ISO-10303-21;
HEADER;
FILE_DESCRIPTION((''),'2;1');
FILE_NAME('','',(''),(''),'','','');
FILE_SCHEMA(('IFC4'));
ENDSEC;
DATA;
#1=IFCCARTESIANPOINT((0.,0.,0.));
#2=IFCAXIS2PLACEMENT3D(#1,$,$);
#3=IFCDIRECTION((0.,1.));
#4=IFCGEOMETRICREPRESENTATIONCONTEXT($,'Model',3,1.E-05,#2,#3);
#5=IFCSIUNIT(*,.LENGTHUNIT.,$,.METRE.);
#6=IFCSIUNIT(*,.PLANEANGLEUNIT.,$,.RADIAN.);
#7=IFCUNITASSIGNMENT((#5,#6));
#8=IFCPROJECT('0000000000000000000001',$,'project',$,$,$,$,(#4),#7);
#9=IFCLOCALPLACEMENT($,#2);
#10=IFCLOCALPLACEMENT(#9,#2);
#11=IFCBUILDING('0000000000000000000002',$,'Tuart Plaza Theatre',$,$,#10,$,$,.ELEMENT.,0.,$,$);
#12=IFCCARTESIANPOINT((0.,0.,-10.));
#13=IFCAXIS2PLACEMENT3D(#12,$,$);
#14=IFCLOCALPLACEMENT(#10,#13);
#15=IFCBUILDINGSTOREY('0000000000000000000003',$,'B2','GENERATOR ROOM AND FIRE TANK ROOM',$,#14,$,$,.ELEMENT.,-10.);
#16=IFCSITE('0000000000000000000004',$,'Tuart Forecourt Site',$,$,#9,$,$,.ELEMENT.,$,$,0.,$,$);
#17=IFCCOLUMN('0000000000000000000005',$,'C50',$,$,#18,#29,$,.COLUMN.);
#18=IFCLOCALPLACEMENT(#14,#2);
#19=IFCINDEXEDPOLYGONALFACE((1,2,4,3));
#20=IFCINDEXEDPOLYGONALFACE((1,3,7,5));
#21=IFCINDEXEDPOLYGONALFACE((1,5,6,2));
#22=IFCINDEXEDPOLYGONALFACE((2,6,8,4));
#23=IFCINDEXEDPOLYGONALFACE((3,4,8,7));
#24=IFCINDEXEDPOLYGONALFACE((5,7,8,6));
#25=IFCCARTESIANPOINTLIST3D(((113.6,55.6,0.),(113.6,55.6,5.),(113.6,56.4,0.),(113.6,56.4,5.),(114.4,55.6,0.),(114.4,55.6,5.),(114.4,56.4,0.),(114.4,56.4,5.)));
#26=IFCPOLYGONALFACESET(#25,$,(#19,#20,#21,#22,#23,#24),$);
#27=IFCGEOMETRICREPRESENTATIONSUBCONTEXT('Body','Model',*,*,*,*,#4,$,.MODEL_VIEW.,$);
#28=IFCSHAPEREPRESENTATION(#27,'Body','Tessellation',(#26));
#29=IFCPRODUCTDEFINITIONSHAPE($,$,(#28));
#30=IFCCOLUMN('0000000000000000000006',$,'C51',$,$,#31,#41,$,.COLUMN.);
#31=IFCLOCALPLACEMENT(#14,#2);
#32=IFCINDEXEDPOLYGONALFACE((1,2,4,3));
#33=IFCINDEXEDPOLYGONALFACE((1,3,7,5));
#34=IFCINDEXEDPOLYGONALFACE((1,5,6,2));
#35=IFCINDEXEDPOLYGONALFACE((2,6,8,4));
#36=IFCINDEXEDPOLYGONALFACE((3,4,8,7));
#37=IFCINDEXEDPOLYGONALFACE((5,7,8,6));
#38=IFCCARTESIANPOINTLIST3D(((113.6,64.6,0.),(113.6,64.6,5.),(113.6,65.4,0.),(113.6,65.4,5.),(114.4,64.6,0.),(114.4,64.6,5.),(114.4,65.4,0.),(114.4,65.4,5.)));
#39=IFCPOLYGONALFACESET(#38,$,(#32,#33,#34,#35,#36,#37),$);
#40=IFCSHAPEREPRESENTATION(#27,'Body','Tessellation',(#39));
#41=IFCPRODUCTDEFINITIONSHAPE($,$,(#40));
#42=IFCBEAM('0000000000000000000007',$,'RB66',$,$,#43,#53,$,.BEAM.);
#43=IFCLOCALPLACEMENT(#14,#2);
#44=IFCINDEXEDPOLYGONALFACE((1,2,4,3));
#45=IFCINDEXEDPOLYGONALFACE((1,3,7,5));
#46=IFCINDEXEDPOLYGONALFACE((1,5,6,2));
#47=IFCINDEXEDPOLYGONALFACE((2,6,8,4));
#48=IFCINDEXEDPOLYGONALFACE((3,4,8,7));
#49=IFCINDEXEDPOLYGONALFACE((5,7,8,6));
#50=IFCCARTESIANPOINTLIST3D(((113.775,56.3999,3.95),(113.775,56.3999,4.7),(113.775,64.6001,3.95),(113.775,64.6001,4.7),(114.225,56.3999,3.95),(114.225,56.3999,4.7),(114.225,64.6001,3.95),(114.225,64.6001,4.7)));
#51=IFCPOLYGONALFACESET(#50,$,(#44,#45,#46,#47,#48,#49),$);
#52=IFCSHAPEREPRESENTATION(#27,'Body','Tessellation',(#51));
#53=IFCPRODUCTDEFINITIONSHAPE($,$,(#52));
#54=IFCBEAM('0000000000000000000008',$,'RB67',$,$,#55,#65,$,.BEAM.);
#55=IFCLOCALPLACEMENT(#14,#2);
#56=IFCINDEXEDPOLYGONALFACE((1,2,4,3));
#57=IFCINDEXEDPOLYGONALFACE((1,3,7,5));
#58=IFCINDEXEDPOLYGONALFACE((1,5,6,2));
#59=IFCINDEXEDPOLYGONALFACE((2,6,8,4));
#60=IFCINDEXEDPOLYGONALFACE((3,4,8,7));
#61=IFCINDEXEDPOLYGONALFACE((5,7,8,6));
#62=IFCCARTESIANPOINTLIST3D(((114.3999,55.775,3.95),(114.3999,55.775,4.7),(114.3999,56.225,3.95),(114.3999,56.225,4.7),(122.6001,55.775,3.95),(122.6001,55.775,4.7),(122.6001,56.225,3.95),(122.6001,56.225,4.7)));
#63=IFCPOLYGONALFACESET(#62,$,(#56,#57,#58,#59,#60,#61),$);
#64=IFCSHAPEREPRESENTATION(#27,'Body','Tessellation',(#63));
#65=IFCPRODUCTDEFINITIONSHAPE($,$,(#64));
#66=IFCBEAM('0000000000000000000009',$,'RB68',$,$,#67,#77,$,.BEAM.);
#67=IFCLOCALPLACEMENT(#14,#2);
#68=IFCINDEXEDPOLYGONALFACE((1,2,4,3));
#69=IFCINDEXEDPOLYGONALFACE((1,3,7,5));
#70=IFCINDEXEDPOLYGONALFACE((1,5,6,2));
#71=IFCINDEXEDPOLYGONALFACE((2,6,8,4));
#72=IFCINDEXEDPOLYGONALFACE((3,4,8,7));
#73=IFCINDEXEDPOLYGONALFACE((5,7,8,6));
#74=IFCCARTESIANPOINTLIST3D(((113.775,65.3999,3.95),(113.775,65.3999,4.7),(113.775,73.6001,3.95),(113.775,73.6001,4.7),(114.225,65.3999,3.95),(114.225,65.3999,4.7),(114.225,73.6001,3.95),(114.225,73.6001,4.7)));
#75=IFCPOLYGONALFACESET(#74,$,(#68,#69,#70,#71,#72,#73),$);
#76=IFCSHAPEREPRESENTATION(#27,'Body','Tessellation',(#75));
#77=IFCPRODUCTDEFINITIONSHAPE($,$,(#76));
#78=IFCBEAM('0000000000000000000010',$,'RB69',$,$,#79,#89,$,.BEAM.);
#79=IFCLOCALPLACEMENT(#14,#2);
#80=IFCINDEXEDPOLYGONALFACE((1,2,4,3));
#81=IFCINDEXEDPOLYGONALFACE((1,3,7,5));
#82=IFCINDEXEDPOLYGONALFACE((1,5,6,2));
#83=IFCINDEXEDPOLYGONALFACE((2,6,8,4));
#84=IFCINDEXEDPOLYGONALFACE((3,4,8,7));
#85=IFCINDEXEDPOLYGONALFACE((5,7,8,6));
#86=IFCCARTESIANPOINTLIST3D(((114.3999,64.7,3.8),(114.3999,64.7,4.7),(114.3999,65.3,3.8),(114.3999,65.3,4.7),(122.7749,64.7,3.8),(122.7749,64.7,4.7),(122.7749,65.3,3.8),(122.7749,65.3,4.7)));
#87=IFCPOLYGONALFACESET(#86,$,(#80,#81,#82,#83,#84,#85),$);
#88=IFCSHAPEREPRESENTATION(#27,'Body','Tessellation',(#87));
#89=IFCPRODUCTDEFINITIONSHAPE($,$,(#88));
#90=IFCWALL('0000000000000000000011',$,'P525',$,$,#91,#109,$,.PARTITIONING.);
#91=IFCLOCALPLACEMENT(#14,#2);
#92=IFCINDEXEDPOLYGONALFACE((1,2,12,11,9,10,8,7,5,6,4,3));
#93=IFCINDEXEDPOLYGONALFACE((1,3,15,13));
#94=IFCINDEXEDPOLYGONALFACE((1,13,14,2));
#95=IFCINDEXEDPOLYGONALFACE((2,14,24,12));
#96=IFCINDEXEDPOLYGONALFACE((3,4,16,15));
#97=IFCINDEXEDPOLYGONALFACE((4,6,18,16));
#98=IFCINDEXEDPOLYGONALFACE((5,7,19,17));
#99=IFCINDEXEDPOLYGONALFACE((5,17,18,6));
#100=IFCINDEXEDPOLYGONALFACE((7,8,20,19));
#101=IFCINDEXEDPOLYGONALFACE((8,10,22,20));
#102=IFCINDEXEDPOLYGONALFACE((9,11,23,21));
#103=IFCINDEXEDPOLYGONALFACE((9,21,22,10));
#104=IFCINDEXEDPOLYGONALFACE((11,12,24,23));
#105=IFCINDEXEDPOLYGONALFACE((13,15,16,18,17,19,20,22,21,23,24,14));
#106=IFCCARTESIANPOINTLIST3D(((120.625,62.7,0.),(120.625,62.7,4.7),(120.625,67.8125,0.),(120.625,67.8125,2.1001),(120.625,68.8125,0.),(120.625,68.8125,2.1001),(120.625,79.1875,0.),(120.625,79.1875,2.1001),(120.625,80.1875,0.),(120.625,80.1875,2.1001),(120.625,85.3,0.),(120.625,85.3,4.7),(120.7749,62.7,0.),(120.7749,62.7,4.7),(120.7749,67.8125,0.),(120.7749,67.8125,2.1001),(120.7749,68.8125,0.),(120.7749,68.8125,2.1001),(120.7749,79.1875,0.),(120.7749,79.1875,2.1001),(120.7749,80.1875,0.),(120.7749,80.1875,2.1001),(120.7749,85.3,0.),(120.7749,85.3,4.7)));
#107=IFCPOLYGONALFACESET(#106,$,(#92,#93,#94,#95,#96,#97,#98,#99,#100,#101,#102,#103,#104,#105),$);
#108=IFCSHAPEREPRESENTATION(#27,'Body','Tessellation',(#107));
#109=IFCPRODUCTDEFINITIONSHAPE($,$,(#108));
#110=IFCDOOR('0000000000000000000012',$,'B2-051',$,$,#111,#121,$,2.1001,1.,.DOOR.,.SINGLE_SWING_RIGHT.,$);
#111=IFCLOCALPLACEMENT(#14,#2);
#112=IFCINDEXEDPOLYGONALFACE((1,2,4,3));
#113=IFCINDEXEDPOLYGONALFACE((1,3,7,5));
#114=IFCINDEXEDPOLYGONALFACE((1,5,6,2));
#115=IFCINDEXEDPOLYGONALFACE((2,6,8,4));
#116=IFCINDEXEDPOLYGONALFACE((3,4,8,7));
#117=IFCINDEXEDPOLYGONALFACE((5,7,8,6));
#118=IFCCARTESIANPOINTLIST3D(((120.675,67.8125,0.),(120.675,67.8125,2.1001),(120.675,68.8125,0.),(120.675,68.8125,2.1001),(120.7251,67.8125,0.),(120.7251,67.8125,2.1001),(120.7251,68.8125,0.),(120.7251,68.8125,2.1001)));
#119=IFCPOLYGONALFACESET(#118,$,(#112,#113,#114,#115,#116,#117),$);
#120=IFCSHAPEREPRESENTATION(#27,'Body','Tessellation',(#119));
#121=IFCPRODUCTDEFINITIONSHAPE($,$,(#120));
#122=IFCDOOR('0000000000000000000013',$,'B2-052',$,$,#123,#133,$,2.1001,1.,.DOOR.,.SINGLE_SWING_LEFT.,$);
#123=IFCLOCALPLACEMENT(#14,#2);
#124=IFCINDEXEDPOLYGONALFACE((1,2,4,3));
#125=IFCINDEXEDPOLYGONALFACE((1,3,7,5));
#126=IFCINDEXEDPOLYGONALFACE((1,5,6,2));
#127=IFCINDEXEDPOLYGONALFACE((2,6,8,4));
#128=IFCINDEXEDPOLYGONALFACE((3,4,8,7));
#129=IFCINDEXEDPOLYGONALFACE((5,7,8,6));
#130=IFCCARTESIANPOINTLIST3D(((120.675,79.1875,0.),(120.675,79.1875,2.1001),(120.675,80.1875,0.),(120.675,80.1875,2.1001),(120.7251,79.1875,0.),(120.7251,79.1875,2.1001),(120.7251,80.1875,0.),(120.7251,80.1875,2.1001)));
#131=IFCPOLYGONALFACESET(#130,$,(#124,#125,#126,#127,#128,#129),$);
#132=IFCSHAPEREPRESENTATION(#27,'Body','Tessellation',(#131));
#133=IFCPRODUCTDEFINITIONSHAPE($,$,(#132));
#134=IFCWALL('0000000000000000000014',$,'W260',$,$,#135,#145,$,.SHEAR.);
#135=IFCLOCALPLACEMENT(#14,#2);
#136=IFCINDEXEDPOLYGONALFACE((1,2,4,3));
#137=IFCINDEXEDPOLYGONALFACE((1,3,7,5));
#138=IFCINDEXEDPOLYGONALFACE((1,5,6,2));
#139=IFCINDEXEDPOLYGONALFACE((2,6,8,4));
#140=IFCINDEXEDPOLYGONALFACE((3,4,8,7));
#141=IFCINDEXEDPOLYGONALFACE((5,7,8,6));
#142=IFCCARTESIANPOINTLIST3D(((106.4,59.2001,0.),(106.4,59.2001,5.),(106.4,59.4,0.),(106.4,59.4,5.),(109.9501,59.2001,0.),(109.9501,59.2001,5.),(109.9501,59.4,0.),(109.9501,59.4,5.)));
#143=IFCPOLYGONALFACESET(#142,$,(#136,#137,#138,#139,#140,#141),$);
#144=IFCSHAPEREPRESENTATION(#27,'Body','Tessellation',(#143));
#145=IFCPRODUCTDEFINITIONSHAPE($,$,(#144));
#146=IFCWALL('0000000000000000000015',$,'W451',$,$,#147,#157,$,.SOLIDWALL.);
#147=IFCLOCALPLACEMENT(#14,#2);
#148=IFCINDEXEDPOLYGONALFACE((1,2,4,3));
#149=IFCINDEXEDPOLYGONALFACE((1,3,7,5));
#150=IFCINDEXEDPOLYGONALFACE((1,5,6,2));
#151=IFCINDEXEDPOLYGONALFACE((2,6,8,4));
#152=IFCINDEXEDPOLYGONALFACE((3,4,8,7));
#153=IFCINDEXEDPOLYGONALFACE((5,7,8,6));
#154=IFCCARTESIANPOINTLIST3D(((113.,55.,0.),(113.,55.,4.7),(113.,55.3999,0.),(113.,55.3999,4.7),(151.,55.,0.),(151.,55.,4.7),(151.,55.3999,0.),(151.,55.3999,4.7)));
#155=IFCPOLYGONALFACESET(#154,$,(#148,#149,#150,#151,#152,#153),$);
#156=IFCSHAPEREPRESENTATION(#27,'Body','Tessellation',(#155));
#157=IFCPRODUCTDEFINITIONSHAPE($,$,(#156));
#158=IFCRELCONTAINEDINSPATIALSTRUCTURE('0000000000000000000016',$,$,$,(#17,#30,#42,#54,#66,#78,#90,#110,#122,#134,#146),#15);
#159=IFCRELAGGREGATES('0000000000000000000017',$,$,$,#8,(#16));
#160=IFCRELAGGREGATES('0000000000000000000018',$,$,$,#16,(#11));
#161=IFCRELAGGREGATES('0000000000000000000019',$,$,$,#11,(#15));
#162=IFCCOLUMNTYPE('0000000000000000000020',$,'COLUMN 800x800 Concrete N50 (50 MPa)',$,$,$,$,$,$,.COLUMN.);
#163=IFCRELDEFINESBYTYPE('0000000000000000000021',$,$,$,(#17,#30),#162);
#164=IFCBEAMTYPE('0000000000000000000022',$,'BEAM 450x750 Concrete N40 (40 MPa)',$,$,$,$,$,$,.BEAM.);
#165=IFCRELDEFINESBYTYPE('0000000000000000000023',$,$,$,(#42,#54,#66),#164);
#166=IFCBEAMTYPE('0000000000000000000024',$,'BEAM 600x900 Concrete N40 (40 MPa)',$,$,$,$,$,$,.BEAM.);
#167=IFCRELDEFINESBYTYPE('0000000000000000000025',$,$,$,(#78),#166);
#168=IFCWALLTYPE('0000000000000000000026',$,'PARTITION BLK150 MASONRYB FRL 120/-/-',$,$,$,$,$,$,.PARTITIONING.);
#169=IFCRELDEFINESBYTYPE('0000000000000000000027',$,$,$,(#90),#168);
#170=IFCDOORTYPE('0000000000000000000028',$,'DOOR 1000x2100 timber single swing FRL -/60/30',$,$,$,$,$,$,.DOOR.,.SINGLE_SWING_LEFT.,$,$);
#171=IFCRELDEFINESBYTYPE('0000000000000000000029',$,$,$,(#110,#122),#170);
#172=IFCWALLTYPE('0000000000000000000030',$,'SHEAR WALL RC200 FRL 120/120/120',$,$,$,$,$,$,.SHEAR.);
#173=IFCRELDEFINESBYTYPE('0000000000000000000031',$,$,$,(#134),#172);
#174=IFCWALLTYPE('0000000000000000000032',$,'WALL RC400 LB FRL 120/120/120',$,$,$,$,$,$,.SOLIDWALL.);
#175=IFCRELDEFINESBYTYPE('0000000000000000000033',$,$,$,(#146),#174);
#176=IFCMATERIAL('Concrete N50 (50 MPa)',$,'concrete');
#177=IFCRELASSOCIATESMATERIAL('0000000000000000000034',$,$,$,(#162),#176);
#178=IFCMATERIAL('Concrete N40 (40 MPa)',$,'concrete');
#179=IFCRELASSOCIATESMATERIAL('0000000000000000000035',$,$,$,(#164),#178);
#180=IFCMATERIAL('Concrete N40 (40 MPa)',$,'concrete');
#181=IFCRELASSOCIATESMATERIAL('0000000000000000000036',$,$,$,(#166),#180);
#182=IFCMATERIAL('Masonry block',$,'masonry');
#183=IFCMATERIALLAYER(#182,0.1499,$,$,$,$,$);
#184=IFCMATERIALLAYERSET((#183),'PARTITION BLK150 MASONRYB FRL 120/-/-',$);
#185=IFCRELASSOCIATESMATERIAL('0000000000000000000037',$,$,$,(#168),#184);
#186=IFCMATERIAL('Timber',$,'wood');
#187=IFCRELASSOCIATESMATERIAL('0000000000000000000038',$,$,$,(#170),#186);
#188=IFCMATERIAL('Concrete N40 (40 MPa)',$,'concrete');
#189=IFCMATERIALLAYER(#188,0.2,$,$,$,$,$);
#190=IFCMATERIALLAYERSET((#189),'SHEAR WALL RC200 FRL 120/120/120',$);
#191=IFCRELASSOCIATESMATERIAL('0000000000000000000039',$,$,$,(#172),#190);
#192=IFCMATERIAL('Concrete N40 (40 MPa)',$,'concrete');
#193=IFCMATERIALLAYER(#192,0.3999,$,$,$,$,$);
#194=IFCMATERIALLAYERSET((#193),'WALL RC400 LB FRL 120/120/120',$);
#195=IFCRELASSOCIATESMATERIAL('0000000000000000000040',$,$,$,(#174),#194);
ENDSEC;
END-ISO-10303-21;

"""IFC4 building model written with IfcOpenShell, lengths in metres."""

from ifc_helpers import new_model, si_unit, direction, frame, frame_2d, origin, origin_2d, place, context, subcontext, project, spatial, rectangle, extrude, material, layer, layer_set, material_profile, profile_set, type_object, element, fill, save


model = new_model("IFC4")

# Units and contexts
model_context = context("Model", 3, precision=1e-05, world=origin(), true_north=direction((0.0, 1.0)))
body_context = subcontext(model_context, "Body", "Model", "MODEL_VIEW")
ifc_project = project(units=[si_unit("LENGTHUNIT", "METRE"), si_unit("PLANEANGLEUNIT", "RADIAN")], contexts=[model_context])

# Site, building, storey
site_placement = place(None, origin())
site = spatial("IfcSite", under=ifc_project, at=site_placement, Name="Tuart Forecourt Site", CompositionType="ELEMENT", RefElevation=0.0)
building_placement = place(site_placement, origin())
building = spatial("IfcBuilding", under=site, at=building_placement, Name="Tuart Plaza Theatre", CompositionType="ELEMENT", ElevationOfRefHeight=0.0)
storey_placement = place(building_placement, frame((0.0, 0.0, -10.0)))
storey = spatial("IfcBuildingStorey", under=building, at=storey_placement, Name="B2", Description="GENERATOR ROOM AND FIRE TANK ROOM", CompositionType="ELEMENT", Elevation=-10.0)

# Columns
ifc_material_1 = material(Name="Concrete N50 (50 MPa)", Category="concrete")
ifc_material_profile_1 = material_profile(ifc_material_1, rectangle(XDim=0.8, YDim=0.8, at=origin_2d()), Name="COLUMN 800x800 Concrete N50 (50 MPa)")
ifc_profile_set_1 = profile_set([ifc_material_profile_1], Name="Concrete N50 (50 MPa)")
column_type_1 = type_object("IfcColumnType", Name="COLUMN 800x800 Concrete N50 (50 MPa)", PredefinedType="COLUMN", material=ifc_profile_set_1)
for number, where, z_axis, x_axis, name in (
    (1, (114.0, 56.0, 0.0), (0.0, 0.0, 1.0), (1.0, 0.0, 0.0), "C50"),
    (2, (114.0, 65.0, 0.0), (0.0, 0.0, 1.0), (1.0, 0.0, 0.0), "C51"),
):
    element("IfcColumn", number, at=place(storey_placement, frame(where, z_axis=z_axis, x_axis=x_axis)), inside=storey, type_object=column_type_1, Name=name, PredefinedType="COLUMN", context=body_context, shape_type="SweptSolid", body=[
        extrude(rectangle(XDim=0.8, YDim=0.8, at=origin_2d()), origin(), (0.0, 0.0, 1.0), 5.0),
    ])

# Beams
ifc_material_2 = material(Name="Concrete N40 (40 MPa)", Category="concrete")
ifc_material_profile_2 = material_profile(ifc_material_2, rectangle(XDim=0.45, YDim=0.75, at=origin_2d()), Name="BEAM 450x750 Concrete N40 (40 MPa)")
ifc_profile_set_2 = profile_set([ifc_material_profile_2], Name="Concrete N40 (40 MPa)")
beam_type_1 = type_object("IfcBeamType", Name="BEAM 450x750 Concrete N40 (40 MPa)", PredefinedType="BEAM", material=ifc_profile_set_2)
for number, where, z_axis, x_axis, name in (
    (3, (114.0, 56.3999, 4.325), (0.0, 1.0, 0.0), (-1.0, 0.0, 0.0), "RB66"),
    (4, (114.3999, 56.0, 4.325), (1.0, 0.0, 0.0), (0.0, 1.0, 0.0), "RB67"),
    (5, (114.0, 65.3999, 4.325), (0.0, 1.0, 0.0), (-1.0, 0.0, 0.0), "RB68"),
):
    element("IfcBeam", number, at=place(storey_placement, frame(where, z_axis=z_axis, x_axis=x_axis)), inside=storey, type_object=beam_type_1, Name=name, PredefinedType="BEAM", context=body_context, shape_type="SweptSolid", body=[
        extrude(rectangle(XDim=0.45, YDim=0.75, at=origin_2d()), origin(), (0.0, 0.0, 1.0), 8.2002),
    ])
ifc_material_3 = material(Name="Concrete N40 (40 MPa)", Category="concrete")
ifc_material_profile_3 = material_profile(ifc_material_3, rectangle(XDim=0.6001, YDim=0.8999, at=origin_2d()), Name="BEAM 600x900 Concrete N40 (40 MPa)")
ifc_profile_set_3 = profile_set([ifc_material_profile_3], Name="Concrete N40 (40 MPa)")
beam_type_2 = type_object("IfcBeamType", Name="BEAM 600x900 Concrete N40 (40 MPa)", PredefinedType="BEAM", material=ifc_profile_set_3)
beam_placement = place(storey_placement, frame((114.3999, 65.0, 4.25), z_axis=(1.0, 0.0, 0.0), x_axis=(0.0, 1.0, 0.0)))
element("IfcBeam", 6, at=beam_placement, inside=storey, type_object=beam_type_2, Name="RB69", PredefinedType="BEAM", context=body_context, shape_type="SweptSolid", body=[
    extrude(rectangle(XDim=0.6001, YDim=0.8999, at=origin_2d()), origin(), (0.0, 0.0, 1.0), 8.375),
])

# Wall, openings, doors
ifc_material_4 = material(Name="Masonry block", Category="masonry")
ifc_layer_1 = layer(ifc_material_4, 0.1499)
ifc_layer_set_1 = layer_set([ifc_layer_1], Name="PARTITION BLK150 MASONRYB FRL 120/-/-")
wall_type_1 = type_object("IfcWallType", Name="PARTITION BLK150 MASONRYB FRL 120/-/-", PredefinedType="PARTITIONING", material=ifc_layer_set_1)
wall_1_placement = place(storey_placement, frame((120.7, 62.7, 0.0), z_axis=(0.0, 0.0, 1.0), x_axis=(0.0, 1.0, 0.0)))
wall_1 = element("IfcWall", 7, at=wall_1_placement, inside=storey, type_object=wall_type_1, Name="P525", PredefinedType="PARTITIONING", context=body_context, shape_type="SweptSolid", body=[
    extrude(rectangle(XDim=22.6001, YDim=0.1499, at=frame_2d((11.3, 0.0))), origin(), (0.0, 0.0, 1.0), 4.7),
])
opening_1_placement = place(wall_1_placement, frame((5.1125, 0.0, 0.0)))
opening_1 = element("IfcOpeningElement", 8, at=opening_1_placement, cuts=wall_1, PredefinedType="OPENING", context=body_context, shape_type="SweptSolid", body=[
    extrude(rectangle(XDim=1.0, YDim=2.1001, at=frame_2d((0.5, 1.05))), frame((0.0, 0.085, 0.0), z_axis=(0.0, -1.0, 0.0), x_axis=(1.0, 0.0, 0.0)), (0.0, 0.0, 1.0), 0.1699),
])
opening_2_placement = place(wall_1_placement, frame((16.4875, 0.0, 0.0)))
opening_2 = element("IfcOpeningElement", 9, at=opening_2_placement, cuts=wall_1, PredefinedType="OPENING", context=body_context, shape_type="SweptSolid", body=[
    extrude(rectangle(XDim=1.0, YDim=2.1001, at=frame_2d((0.5, 1.05))), frame((0.0, 0.085, 0.0), z_axis=(0.0, -1.0, 0.0), x_axis=(1.0, 0.0, 0.0)), (0.0, 0.0, 1.0), 0.1699),
])
ifc_material_5 = material(Name="Timber", Category="wood")
door_type = type_object("IfcDoorType", Name="DOOR 1000x2100 timber single swing FRL -/60/30", OperationType="SINGLE_SWING_LEFT", PredefinedType="DOOR", material=ifc_material_5)
door_1_placement = place(opening_1_placement, origin())
door_1 = element("IfcDoor", 10, at=door_1_placement, inside=storey, type_object=door_type, Name="B2-051", OperationType="SINGLE_SWING_RIGHT", OverallHeight=2.1001, OverallWidth=1.0, PredefinedType="DOOR", context=body_context, shape_type="SweptSolid", body=[
    extrude(rectangle(XDim=1.0, YDim=2.1001, at=frame_2d((0.5, 1.05))), frame((0.0, 0.0249, 0.0), z_axis=(0.0, -1.0, 0.0), x_axis=(1.0, 0.0, 0.0)), (0.0, 0.0, 1.0), 0.05),
])
fill(opening_1, door_1)
door_2_placement = place(opening_2_placement, origin())
door_2 = element("IfcDoor", 11, at=door_2_placement, inside=storey, type_object=door_type, Name="B2-052", OperationType="SINGLE_SWING_LEFT", OverallHeight=2.1001, OverallWidth=1.0, PredefinedType="DOOR", context=body_context, shape_type="SweptSolid", body=[
    extrude(rectangle(XDim=1.0, YDim=2.1001, at=frame_2d((0.5, 1.05))), frame((0.0, 0.0249, 0.0), z_axis=(0.0, -1.0, 0.0), x_axis=(1.0, 0.0, 0.0)), (0.0, 0.0, 1.0), 0.05),
])
fill(opening_2, door_2)

# Walls
ifc_material_6 = material(Name="Concrete N40 (40 MPa)", Category="concrete")
ifc_layer_2 = layer(ifc_material_6, 0.2)
ifc_layer_set_2 = layer_set([ifc_layer_2], Name="SHEAR WALL RC200 FRL 120/120/120")
wall_type_2 = type_object("IfcWallType", Name="SHEAR WALL RC200 FRL 120/120/120", PredefinedType="SHEAR", material=ifc_layer_set_2)
wall_2_placement = place(storey_placement, frame((109.95, 59.3, 0.0), z_axis=(0.0, 0.0, 1.0), x_axis=(-1.0, 0.0, 0.0)))
element("IfcWall", 12, at=wall_2_placement, inside=storey, type_object=wall_type_2, Name="W260", PredefinedType="SHEAR", context=body_context, shape_type="SweptSolid", body=[
    extrude(rectangle(XDim=3.55, YDim=0.2, at=frame_2d((1.7749, 0.0))), origin(), (0.0, 0.0, 1.0), 5.0),
])
ifc_material_7 = material(Name="Concrete N40 (40 MPa)", Category="concrete")
ifc_layer_3 = layer(ifc_material_7, 0.3999)
ifc_layer_set_3 = layer_set([ifc_layer_3], Name="WALL RC400 LB FRL 120/120/120")
wall_type_3 = type_object("IfcWallType", Name="WALL RC400 LB FRL 120/120/120", PredefinedType="SOLIDWALL", material=ifc_layer_set_3)
wall_3_placement = place(storey_placement, frame((113.0, 55.2, 0.0), z_axis=(0.0, 0.0, 1.0), x_axis=(1.0, 0.0, 0.0)))
element("IfcWall", 13, at=wall_3_placement, inside=storey, type_object=wall_type_3, Name="W451", PredefinedType="SOLIDWALL", context=body_context, shape_type="SweptSolid", body=[
    extrude(rectangle(XDim=38.0, YDim=0.3999, at=frame_2d((19.0, 0.0))), origin(), (0.0, 0.0, 1.0), 4.7),
])

save(model, "model.ifc")
